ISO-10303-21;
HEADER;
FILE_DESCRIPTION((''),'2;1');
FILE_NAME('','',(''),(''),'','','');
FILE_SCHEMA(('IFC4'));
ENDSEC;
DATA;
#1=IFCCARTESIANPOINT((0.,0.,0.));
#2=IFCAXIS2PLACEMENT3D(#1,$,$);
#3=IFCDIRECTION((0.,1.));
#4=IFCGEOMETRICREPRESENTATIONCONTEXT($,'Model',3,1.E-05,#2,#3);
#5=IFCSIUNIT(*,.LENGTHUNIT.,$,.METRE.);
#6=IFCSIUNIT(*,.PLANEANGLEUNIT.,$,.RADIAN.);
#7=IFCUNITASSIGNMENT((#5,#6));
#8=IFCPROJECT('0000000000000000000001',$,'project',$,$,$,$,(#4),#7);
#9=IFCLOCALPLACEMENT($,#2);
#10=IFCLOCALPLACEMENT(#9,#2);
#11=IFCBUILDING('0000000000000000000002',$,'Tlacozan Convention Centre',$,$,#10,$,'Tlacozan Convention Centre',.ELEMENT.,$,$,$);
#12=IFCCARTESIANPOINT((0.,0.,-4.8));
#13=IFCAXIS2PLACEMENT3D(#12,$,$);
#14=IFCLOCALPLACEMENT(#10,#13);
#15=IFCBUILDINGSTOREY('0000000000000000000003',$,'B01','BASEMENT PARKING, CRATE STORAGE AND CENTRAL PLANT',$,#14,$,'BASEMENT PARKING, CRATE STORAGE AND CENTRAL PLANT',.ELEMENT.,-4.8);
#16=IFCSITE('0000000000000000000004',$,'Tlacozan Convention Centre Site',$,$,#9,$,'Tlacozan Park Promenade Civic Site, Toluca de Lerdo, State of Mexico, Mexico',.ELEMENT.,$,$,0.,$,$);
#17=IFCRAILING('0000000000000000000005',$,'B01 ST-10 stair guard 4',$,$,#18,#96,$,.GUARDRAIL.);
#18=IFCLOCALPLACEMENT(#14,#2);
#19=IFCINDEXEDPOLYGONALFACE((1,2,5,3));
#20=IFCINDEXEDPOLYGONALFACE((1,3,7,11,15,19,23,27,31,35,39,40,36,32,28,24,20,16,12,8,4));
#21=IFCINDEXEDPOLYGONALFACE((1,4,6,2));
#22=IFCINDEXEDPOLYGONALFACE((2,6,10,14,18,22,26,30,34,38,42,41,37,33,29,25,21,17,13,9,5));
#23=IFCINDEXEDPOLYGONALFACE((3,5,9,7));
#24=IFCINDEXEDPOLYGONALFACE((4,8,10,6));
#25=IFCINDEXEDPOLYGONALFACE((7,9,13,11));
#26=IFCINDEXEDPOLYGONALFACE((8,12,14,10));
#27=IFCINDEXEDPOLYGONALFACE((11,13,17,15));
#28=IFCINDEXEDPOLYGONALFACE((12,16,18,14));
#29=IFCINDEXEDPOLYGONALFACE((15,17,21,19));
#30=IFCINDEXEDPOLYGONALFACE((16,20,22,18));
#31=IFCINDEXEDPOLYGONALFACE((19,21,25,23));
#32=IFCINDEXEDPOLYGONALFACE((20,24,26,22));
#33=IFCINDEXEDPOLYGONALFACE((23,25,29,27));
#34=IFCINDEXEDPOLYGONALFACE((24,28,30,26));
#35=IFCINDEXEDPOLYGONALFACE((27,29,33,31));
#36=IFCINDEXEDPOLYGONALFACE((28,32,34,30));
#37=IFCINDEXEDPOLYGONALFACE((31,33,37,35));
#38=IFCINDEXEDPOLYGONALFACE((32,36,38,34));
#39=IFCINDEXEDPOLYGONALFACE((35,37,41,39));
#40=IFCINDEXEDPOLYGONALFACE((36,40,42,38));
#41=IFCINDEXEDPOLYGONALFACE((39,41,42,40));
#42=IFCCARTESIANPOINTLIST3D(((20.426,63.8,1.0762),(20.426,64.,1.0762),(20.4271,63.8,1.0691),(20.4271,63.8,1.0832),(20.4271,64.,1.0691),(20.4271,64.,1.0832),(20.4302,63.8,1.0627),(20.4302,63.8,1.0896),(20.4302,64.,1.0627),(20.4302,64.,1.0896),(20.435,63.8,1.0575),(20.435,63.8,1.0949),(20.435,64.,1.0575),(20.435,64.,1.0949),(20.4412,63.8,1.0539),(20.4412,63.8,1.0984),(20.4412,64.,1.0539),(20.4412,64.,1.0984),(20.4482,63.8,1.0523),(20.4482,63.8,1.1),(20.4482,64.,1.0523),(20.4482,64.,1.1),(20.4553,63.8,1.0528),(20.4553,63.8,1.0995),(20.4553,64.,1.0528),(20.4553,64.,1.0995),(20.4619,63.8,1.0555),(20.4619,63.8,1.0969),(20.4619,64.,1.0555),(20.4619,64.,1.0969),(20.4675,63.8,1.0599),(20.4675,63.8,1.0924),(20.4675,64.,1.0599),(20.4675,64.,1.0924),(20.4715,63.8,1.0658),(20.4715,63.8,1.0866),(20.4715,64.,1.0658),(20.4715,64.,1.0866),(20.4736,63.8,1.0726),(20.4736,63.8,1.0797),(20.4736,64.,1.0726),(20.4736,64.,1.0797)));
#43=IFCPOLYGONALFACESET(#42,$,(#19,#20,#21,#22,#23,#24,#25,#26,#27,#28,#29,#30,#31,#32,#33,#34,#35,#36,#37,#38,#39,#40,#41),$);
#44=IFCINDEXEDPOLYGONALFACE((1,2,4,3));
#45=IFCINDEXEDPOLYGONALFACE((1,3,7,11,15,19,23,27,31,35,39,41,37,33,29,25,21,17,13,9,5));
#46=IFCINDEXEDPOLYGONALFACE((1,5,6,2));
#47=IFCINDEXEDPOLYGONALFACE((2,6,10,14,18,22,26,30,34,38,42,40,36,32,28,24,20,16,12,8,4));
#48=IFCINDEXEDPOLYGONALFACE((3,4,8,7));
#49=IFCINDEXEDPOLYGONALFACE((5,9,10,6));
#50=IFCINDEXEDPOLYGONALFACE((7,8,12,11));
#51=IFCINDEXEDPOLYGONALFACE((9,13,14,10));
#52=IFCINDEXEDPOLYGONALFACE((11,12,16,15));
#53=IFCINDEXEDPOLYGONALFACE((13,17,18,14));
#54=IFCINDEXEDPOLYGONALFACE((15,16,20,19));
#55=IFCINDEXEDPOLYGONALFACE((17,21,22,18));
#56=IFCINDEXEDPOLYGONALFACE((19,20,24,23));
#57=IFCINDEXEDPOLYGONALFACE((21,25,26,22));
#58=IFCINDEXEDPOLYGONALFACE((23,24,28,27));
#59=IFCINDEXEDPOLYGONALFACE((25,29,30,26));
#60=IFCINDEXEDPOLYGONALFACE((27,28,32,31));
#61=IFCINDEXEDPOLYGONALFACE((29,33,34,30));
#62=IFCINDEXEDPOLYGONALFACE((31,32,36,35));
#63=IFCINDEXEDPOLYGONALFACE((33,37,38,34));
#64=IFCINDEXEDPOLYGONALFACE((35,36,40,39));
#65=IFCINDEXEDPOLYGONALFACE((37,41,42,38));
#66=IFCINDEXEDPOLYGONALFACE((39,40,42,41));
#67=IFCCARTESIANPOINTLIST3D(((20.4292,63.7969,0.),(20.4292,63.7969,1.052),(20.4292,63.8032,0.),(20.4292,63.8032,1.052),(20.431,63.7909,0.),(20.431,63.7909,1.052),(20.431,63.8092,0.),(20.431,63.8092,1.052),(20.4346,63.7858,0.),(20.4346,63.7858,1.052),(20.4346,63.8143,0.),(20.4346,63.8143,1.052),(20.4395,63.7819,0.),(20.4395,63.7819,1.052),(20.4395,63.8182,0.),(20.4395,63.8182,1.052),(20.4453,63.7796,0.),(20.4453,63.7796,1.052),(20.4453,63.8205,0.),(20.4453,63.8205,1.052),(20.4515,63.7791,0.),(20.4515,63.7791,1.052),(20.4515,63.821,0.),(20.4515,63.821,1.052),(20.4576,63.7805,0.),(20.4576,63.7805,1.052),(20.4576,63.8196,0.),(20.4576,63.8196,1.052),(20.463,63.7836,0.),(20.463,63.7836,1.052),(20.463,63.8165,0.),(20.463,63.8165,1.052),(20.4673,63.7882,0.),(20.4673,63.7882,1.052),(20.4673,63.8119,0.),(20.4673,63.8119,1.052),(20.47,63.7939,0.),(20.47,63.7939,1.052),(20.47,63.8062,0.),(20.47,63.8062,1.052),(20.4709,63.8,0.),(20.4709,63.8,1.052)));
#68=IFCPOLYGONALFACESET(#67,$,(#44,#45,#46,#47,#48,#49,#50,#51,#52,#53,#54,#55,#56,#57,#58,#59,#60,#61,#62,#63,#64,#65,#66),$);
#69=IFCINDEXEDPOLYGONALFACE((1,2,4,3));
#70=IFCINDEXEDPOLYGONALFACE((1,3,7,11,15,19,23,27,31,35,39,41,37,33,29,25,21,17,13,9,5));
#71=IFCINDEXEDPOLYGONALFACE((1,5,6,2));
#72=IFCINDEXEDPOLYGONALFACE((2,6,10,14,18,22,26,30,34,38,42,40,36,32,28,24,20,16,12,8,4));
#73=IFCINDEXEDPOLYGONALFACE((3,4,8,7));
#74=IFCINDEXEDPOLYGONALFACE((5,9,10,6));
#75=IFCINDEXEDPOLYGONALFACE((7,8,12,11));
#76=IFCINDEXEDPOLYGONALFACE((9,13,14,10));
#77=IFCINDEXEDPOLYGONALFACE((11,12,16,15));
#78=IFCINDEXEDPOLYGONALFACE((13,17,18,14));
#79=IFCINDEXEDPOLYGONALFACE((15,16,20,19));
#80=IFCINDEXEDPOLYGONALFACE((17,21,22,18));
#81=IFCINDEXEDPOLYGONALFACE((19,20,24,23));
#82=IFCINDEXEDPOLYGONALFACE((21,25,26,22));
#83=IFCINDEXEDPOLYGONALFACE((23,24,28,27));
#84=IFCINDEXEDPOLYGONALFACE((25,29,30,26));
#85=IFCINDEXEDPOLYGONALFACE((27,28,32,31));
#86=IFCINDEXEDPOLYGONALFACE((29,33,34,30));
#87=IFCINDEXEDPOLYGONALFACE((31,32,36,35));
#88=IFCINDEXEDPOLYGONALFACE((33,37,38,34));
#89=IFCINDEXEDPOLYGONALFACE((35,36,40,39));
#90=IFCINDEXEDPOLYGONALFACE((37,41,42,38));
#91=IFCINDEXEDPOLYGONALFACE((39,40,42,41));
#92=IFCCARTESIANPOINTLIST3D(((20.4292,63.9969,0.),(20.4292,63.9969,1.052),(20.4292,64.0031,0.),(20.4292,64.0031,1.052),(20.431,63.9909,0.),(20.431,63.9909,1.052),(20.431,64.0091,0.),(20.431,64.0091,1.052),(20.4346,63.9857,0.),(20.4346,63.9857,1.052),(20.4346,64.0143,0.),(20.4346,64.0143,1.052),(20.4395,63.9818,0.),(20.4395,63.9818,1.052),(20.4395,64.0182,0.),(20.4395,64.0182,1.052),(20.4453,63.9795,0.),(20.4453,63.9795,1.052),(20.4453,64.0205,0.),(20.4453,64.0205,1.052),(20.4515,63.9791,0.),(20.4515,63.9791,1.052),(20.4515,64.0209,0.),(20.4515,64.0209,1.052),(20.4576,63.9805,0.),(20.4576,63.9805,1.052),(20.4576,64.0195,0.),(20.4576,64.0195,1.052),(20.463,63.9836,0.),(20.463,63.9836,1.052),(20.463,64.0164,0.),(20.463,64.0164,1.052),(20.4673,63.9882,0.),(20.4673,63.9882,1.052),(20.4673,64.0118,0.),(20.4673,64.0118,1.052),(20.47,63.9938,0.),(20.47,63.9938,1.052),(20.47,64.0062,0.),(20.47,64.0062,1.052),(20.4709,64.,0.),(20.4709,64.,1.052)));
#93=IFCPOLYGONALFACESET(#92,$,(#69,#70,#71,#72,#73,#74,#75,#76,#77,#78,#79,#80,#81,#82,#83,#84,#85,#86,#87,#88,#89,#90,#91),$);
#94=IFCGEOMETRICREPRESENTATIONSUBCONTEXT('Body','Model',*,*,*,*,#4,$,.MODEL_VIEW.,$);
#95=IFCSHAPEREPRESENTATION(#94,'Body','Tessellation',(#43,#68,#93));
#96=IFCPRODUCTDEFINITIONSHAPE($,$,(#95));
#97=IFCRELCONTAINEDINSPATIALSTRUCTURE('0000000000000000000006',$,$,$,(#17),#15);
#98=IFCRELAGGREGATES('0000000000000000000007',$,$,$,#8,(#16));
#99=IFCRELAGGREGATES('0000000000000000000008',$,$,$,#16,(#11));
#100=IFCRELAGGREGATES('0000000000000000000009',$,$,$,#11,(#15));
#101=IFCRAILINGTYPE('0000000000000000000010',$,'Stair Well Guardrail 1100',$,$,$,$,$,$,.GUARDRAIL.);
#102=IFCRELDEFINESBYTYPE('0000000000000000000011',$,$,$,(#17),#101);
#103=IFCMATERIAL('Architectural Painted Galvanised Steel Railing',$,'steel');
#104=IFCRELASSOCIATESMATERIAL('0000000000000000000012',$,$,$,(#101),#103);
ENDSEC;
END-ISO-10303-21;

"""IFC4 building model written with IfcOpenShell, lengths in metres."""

from ifc_helpers import new_model, si_unit, direction, frame, origin, origin_2d, place, context, subcontext, project, spatial, circle, extrude, material, type_object, element, save


model = new_model("IFC4")

# Units and contexts
model_context = context("Model", 3, precision=1e-05, world=origin(), true_north=direction((0.0, 1.0)))
body_context = subcontext(model_context, "Body", "Model", "MODEL_VIEW")
ifc_project = project(units=[si_unit("LENGTHUNIT", "METRE"), si_unit("PLANEANGLEUNIT", "RADIAN")], contexts=[model_context])

# Site, building, storey
site_placement = place(None, origin())
site = spatial("IfcSite", under=ifc_project, at=site_placement, Name="Tlacozan Convention Centre Site", LongName="Tlacozan Park Promenade Civic Site, Toluca de Lerdo, State of Mexico, Mexico", CompositionType="ELEMENT", RefElevation=0.0)
building_placement = place(site_placement, origin())
building = spatial("IfcBuilding", under=site, at=building_placement, Name="Tlacozan Convention Centre", LongName="Tlacozan Convention Centre", CompositionType="ELEMENT")
storey_placement = place(building_placement, frame((0.0, 0.0, -4.8)))
storey = spatial("IfcBuildingStorey", under=building, at=storey_placement, Name="B01", Description="BASEMENT PARKING, CRATE STORAGE AND CENTRAL PLANT", LongName="BASEMENT PARKING, CRATE STORAGE AND CENTRAL PLANT", CompositionType="ELEMENT", Elevation=-4.8)

# Railing
ifc_material_1 = material(Name="Architectural Painted Galvanised Steel Railing", Category="steel")
railing_type_1 = type_object("IfcRailingType", Name="Stair Well Guardrail 1100", PredefinedType="GUARDRAIL", material=ifc_material_1)
railing_1_placement = place(storey_placement, frame((20.45, 63.8, 0.0)))
element("IfcRailing", 1, at=railing_1_placement, inside=storey, type_object=railing_type_1, Name="B01 ST-10 stair guard 4", PredefinedType="GUARDRAIL", context=body_context, shape_type="SweptSolid", body=[
    extrude(circle(Radius=0.0239, at=origin_2d()), frame((0.0, 0.0, 1.0762), z_axis=(0.0, 1.0, 0.0), x_axis=(-1.0, 0.0, 0.0)), (0.0, 0.0, 1.0), 0.2),
    extrude(circle(Radius=0.021, at=origin_2d()), origin(), (0.0, 0.0, 1.0), 1.052),
    extrude(circle(Radius=0.021, at=origin_2d()), frame((0.0, 0.2, 0.0)), (0.0, 0.0, 1.0), 1.052),
])

save(model, "model.ifc")
